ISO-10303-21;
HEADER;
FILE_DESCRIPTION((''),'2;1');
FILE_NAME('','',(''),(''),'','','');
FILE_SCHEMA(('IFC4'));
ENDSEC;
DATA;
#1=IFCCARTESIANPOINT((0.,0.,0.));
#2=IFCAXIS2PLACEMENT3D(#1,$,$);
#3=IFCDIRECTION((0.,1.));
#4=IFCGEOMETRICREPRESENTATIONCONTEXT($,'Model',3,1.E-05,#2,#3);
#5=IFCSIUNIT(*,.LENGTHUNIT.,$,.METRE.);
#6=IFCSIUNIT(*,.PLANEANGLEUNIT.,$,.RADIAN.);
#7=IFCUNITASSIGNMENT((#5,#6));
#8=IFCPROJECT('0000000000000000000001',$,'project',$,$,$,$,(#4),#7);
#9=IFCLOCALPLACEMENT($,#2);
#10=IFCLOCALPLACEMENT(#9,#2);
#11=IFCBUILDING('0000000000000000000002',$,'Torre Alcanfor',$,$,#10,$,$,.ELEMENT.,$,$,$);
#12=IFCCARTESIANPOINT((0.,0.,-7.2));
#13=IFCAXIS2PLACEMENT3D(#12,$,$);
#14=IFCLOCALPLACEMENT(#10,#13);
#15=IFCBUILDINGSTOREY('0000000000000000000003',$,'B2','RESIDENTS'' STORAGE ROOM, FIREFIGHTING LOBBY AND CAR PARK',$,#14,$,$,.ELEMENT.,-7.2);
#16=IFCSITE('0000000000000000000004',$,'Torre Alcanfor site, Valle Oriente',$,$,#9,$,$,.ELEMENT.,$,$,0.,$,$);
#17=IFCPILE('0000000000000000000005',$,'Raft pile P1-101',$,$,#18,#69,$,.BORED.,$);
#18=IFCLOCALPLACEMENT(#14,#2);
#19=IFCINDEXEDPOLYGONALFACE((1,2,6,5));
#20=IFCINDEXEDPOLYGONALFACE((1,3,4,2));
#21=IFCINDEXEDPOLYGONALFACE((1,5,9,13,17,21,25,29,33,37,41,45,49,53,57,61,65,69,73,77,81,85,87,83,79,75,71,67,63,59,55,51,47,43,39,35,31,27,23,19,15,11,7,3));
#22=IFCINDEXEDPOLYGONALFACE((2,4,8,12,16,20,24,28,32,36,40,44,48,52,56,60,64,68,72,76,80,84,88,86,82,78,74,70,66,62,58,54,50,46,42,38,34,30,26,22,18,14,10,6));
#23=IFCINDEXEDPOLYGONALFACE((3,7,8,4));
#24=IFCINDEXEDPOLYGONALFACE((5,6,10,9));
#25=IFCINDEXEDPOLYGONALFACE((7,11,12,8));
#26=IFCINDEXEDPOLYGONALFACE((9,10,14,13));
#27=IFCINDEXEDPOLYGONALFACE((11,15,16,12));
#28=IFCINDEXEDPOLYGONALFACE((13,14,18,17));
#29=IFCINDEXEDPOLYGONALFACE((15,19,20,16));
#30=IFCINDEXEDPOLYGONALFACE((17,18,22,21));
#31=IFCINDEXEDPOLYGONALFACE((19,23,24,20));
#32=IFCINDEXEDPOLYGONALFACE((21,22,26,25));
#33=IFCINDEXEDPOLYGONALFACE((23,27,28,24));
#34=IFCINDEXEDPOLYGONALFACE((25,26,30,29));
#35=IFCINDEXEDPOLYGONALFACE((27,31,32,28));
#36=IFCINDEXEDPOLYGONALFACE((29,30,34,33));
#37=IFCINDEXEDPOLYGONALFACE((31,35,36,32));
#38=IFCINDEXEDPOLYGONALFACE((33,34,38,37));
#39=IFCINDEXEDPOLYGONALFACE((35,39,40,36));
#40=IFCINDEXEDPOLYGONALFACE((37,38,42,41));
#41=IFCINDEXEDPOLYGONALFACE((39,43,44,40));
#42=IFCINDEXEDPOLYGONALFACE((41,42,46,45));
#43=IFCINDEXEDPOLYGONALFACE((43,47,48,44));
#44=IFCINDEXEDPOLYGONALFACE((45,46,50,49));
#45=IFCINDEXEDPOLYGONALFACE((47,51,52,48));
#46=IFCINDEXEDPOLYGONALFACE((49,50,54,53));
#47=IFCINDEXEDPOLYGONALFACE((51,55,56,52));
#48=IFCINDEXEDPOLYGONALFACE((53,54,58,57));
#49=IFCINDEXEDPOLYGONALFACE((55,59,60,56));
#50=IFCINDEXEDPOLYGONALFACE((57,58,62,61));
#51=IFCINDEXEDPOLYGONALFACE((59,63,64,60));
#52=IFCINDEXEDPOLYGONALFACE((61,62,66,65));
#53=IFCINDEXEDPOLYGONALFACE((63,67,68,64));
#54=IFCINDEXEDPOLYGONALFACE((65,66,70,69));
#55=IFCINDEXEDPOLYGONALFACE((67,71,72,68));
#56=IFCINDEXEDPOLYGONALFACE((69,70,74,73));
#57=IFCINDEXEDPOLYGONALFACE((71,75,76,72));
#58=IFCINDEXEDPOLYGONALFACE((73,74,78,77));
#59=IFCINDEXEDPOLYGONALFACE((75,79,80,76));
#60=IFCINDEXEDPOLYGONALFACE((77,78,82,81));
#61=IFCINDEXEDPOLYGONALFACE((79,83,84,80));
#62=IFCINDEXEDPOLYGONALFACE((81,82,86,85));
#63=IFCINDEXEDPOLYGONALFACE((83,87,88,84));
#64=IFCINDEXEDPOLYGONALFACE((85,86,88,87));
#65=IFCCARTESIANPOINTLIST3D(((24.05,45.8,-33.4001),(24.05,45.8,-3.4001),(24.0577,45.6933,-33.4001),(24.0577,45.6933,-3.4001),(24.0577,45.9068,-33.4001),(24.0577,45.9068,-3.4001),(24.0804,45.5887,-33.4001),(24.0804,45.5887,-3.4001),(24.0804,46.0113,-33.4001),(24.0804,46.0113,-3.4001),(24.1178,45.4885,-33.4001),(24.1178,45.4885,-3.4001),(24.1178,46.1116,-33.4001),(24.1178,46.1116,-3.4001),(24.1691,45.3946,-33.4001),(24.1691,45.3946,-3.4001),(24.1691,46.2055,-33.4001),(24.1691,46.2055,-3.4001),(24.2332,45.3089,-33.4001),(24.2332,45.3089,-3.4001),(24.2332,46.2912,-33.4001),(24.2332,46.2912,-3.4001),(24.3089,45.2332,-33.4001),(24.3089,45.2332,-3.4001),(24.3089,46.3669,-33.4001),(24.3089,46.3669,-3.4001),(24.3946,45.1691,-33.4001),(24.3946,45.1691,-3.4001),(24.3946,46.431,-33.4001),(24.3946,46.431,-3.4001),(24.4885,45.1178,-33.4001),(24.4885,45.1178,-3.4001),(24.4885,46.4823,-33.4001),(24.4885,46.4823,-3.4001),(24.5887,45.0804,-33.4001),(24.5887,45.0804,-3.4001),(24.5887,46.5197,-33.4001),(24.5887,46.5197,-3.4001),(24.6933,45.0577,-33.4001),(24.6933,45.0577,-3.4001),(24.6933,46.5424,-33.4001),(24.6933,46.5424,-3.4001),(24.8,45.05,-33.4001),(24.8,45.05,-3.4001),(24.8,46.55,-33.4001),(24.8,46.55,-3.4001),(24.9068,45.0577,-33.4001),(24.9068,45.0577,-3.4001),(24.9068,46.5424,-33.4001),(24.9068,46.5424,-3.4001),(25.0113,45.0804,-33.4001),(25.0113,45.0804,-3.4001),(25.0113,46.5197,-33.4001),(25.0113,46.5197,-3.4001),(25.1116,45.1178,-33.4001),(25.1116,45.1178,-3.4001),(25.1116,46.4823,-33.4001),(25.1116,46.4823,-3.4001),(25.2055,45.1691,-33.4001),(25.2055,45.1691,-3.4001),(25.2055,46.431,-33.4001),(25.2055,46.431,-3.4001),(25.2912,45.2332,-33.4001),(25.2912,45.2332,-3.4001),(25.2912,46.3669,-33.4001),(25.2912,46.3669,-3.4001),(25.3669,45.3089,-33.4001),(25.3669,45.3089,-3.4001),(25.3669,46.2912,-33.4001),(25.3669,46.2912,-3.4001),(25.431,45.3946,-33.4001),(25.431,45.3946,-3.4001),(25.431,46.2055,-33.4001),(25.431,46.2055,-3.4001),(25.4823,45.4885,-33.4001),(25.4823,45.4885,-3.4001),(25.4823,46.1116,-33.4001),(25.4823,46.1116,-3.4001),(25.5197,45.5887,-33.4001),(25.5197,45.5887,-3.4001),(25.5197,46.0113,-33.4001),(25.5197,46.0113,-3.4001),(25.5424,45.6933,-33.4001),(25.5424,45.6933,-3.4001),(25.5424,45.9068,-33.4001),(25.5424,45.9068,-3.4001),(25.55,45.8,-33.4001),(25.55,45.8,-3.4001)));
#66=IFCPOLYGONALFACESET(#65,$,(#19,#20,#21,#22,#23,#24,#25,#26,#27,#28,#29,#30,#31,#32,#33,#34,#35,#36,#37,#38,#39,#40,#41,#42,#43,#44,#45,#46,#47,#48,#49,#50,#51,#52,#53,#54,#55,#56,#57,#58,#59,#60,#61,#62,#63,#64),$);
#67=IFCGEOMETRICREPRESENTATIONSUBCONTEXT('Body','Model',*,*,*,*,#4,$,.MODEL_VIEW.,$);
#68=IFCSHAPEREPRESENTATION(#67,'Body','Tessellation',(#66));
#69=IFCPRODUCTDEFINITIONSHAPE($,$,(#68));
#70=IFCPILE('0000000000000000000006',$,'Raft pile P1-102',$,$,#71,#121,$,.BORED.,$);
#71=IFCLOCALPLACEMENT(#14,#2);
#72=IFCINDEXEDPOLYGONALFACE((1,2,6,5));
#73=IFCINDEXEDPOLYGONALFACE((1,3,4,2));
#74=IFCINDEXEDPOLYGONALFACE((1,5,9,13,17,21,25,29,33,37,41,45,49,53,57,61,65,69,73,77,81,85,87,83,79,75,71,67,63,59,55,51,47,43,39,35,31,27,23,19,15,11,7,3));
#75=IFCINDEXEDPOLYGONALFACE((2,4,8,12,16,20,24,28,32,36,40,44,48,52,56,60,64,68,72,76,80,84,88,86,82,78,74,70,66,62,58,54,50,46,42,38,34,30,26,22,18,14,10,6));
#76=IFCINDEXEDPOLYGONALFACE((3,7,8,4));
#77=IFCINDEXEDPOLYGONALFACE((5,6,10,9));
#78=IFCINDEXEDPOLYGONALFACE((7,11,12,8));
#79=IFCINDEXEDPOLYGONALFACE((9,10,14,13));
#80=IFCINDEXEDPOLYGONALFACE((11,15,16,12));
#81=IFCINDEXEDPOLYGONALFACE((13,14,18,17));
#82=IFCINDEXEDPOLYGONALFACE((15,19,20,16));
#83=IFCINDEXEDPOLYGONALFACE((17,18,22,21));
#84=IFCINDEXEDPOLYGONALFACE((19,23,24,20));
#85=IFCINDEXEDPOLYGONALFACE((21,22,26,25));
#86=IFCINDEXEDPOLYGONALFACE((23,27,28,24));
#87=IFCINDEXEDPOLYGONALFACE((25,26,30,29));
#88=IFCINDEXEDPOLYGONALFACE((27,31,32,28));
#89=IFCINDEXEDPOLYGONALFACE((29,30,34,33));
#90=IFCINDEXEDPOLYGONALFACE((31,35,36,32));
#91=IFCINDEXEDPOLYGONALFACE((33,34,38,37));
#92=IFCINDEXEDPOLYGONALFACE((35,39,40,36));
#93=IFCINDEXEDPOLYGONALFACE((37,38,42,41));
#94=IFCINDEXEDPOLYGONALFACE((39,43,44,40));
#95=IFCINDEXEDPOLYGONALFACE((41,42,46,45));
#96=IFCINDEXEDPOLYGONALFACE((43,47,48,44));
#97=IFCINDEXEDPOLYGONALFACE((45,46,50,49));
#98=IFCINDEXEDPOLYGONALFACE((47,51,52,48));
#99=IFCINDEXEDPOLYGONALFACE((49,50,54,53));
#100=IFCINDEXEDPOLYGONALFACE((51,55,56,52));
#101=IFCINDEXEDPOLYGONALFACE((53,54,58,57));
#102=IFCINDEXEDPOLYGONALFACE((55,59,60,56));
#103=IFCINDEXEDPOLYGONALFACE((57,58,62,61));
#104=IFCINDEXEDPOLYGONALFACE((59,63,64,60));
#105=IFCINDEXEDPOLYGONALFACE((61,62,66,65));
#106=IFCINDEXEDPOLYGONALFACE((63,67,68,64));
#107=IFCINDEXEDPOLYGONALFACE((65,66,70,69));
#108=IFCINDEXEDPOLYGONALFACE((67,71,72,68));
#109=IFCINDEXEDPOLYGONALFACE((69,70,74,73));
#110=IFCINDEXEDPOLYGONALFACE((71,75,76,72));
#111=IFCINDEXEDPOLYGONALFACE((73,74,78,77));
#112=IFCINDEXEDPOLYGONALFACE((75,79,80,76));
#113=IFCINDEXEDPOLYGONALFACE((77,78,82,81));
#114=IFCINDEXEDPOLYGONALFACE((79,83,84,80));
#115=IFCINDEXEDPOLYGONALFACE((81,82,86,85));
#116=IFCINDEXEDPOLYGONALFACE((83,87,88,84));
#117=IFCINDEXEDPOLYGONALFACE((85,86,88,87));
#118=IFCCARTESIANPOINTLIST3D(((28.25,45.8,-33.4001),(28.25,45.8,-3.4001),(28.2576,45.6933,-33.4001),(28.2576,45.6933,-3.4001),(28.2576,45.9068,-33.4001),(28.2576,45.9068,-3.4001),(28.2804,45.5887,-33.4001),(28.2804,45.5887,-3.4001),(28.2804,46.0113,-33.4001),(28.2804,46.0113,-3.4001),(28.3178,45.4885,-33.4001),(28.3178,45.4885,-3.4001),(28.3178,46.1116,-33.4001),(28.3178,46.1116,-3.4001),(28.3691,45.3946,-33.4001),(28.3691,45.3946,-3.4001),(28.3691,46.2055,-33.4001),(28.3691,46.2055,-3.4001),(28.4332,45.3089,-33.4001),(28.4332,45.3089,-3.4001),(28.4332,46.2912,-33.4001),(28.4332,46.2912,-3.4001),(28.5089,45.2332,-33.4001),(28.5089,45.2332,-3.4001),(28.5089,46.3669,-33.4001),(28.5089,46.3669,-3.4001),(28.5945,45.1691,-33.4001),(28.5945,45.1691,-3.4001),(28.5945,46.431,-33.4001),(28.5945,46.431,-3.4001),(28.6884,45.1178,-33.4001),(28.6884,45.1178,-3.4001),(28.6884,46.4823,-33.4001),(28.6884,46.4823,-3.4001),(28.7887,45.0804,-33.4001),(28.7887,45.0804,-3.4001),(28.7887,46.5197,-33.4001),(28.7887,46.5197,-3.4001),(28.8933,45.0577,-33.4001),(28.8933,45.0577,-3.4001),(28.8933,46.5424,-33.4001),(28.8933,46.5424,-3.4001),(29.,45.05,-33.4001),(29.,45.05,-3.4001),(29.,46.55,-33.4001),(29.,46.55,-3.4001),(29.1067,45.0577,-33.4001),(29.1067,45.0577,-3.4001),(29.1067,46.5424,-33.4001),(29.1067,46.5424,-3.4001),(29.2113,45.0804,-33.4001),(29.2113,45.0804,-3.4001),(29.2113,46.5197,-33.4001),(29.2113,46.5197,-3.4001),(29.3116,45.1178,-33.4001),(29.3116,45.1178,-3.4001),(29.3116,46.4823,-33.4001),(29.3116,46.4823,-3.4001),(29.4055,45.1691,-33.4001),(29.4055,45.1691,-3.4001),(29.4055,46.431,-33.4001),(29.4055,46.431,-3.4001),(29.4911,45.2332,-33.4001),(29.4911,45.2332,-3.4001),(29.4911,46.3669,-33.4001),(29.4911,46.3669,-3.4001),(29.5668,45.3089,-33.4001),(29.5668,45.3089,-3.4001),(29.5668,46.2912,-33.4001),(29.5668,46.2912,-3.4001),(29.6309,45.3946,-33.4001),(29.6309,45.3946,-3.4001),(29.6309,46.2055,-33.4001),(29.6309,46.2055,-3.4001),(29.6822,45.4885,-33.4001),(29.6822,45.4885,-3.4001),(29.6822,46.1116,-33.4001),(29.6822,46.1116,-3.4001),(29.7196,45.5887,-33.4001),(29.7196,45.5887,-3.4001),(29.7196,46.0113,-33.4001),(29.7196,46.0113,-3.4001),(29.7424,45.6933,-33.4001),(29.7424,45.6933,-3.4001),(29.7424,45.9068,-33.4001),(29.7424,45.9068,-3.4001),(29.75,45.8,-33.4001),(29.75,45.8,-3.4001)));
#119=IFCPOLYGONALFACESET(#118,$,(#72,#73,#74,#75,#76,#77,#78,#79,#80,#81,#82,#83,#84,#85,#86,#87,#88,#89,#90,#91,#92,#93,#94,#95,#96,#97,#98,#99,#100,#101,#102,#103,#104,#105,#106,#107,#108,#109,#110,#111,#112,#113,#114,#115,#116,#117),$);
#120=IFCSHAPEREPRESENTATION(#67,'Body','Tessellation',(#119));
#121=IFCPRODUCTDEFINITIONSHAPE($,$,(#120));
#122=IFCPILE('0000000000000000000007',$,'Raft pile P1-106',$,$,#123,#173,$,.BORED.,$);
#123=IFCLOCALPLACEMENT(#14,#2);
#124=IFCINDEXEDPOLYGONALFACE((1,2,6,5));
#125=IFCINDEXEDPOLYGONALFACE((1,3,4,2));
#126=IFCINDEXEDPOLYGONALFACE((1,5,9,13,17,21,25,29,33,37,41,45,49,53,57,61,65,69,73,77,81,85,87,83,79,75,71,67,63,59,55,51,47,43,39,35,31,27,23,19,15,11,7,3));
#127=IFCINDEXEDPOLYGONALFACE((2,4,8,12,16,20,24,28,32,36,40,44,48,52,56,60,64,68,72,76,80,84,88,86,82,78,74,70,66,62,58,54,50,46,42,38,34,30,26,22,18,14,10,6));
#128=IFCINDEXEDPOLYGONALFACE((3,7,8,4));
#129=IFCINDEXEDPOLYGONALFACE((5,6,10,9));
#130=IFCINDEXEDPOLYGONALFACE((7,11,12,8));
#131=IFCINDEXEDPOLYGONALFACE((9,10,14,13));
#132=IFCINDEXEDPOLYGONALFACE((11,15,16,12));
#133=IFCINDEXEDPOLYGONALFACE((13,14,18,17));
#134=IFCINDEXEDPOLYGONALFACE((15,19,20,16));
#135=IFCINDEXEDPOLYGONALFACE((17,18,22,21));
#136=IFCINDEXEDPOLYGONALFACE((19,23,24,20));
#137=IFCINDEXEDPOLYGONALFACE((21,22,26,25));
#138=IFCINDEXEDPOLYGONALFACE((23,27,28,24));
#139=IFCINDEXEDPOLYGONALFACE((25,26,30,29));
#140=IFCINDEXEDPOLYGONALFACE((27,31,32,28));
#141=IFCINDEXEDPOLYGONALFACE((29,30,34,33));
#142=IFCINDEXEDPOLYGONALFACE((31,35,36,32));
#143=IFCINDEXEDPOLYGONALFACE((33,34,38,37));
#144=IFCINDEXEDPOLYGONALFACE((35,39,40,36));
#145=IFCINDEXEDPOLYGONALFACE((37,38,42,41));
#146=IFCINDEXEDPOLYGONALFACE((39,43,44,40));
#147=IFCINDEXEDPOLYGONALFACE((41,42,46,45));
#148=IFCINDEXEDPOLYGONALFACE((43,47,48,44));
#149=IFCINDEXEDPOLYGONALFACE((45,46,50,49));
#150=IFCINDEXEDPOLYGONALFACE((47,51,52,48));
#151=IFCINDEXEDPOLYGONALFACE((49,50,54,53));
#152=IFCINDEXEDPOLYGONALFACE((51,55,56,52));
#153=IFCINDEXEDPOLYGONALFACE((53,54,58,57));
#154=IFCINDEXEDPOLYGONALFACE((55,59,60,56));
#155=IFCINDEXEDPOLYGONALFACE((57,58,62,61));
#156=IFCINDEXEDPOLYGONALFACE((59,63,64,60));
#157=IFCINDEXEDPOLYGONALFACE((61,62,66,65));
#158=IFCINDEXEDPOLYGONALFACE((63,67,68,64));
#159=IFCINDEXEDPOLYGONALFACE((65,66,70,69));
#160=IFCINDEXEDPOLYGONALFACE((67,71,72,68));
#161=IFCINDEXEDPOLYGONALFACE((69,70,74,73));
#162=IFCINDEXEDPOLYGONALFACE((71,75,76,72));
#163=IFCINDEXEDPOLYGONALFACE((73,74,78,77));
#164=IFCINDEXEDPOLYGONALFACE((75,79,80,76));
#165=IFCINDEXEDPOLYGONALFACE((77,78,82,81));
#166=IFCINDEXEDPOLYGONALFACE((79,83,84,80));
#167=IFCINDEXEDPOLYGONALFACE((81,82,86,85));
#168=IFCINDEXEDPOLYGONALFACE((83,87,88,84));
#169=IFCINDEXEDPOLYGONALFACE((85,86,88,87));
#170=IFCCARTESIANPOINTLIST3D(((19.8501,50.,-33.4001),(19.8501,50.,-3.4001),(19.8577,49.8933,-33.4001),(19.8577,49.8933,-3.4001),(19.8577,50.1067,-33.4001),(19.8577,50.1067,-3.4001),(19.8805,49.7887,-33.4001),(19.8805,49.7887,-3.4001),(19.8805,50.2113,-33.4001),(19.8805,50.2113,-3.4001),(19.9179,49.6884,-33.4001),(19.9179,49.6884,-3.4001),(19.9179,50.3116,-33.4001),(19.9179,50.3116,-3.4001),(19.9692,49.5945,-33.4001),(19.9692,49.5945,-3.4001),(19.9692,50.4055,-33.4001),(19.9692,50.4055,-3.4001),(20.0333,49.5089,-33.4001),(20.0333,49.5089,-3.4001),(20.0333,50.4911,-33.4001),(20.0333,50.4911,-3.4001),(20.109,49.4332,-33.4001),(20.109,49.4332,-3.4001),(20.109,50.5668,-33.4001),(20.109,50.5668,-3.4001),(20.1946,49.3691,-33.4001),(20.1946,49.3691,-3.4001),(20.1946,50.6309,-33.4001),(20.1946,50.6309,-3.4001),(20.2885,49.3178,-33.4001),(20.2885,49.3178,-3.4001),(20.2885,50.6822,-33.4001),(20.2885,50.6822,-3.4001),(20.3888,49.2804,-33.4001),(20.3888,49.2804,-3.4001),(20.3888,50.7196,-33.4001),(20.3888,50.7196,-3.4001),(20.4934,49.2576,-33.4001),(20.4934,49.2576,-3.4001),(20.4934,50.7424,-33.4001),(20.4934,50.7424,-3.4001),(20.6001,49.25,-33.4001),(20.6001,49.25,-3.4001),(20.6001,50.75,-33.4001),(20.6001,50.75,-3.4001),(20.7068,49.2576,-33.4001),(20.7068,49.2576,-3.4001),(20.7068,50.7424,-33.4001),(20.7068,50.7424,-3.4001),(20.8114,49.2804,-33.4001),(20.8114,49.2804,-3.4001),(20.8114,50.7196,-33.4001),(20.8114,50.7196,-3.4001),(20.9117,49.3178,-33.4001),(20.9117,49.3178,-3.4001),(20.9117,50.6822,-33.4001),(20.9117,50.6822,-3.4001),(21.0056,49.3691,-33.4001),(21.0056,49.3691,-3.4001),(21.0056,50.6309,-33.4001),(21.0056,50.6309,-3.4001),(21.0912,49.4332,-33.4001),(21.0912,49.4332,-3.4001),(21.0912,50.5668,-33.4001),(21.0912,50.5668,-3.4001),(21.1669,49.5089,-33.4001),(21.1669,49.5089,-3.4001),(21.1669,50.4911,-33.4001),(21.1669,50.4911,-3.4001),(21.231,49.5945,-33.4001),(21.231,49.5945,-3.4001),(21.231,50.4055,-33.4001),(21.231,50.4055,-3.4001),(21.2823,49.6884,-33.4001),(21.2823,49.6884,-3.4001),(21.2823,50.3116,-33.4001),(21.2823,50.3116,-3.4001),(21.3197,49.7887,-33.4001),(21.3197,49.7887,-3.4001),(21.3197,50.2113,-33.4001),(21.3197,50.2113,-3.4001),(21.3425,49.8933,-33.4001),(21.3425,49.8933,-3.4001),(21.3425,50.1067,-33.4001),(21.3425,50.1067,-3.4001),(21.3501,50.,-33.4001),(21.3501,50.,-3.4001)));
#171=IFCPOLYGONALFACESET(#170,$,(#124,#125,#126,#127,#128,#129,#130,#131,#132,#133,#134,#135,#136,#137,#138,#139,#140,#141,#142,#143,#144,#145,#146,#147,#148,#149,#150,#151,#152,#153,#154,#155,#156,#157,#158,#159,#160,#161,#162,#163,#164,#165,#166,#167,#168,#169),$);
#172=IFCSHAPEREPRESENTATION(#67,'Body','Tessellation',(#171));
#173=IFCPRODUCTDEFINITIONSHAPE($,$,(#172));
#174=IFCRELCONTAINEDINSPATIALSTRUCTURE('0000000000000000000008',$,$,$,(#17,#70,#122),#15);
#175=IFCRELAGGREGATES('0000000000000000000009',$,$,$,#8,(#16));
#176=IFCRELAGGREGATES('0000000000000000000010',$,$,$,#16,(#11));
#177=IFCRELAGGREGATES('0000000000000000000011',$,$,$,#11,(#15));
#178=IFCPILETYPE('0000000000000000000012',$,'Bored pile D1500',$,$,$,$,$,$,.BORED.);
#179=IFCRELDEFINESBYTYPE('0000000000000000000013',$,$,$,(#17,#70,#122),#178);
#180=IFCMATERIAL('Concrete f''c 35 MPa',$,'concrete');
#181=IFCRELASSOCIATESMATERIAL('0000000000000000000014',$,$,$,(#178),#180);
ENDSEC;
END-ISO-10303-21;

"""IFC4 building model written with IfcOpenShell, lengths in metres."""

from ifc_helpers import new_model, si_unit, direction, frame, origin, origin_2d, place, context, subcontext, project, spatial, circle, extrude, material, material_profile, profile_set, type_object, element, save


model = new_model("IFC4")

# Units and contexts
model_context = context("Model", 3, precision=1e-05, world=origin(), true_north=direction((0.0, 1.0)))
body_context = subcontext(model_context, "Body", "Model", "MODEL_VIEW")
ifc_project = project(units=[si_unit("LENGTHUNIT", "METRE"), si_unit("PLANEANGLEUNIT", "RADIAN")], contexts=[model_context])

# Site, building, storey
site_placement = place(None, origin())
site = spatial("IfcSite", under=ifc_project, at=site_placement, Name="Torre Alcanfor site, Valle Oriente", CompositionType="ELEMENT", RefElevation=0.0)
building_placement = place(site_placement, origin())
building = spatial("IfcBuilding", under=site, at=building_placement, Name="Torre Alcanfor", CompositionType="ELEMENT")
storey_placement = place(building_placement, frame((0.0, 0.0, -7.2)))
storey = spatial("IfcBuildingStorey", under=building, at=storey_placement, Name="B2", Description="RESIDENTS' STORAGE ROOM, FIREFIGHTING LOBBY AND CAR PARK", CompositionType="ELEMENT", Elevation=-7.2)

# Piles
ifc_material_1 = material(Name="Concrete f'c 35 MPa", Category="concrete")
ifc_material_profile_1 = material_profile(ifc_material_1, circle(Radius=0.75, at=origin_2d()), Name="D1500")
ifc_profile_set_1 = profile_set([ifc_material_profile_1], Name="Concrete f'c 35 MPa")
pile_type = type_object("IfcPileType", Name="Bored pile D1500", PredefinedType="BORED", material=ifc_profile_set_1)
for number, where, z_axis, x_axis, name in (
    (1, (24.8, 45.8, -3.4001), (0.0, 0.0, -1.0), (1.0, 0.0, 0.0), "Raft pile P1-101"),
    (2, (29.0, 45.8, -3.4001), (0.0, 0.0, -1.0), (1.0, 0.0, 0.0), "Raft pile P1-102"),
    (3, (20.6001, 50.0, -3.4001), (0.0, 0.0, -1.0), (1.0, 0.0, 0.0), "Raft pile P1-106"),
):
    element("IfcPile", number, at=place(storey_placement, frame(where, z_axis=z_axis, x_axis=x_axis)), inside=storey, type_object=pile_type, Name=name, PredefinedType="BORED", context=body_context, shape_type="SweptSolid", body=[
        extrude(circle(Radius=0.75, at=origin_2d()), origin(), (0.0, 0.0, 1.0), 30.0),
    ])

save(model, "model.ifc")
